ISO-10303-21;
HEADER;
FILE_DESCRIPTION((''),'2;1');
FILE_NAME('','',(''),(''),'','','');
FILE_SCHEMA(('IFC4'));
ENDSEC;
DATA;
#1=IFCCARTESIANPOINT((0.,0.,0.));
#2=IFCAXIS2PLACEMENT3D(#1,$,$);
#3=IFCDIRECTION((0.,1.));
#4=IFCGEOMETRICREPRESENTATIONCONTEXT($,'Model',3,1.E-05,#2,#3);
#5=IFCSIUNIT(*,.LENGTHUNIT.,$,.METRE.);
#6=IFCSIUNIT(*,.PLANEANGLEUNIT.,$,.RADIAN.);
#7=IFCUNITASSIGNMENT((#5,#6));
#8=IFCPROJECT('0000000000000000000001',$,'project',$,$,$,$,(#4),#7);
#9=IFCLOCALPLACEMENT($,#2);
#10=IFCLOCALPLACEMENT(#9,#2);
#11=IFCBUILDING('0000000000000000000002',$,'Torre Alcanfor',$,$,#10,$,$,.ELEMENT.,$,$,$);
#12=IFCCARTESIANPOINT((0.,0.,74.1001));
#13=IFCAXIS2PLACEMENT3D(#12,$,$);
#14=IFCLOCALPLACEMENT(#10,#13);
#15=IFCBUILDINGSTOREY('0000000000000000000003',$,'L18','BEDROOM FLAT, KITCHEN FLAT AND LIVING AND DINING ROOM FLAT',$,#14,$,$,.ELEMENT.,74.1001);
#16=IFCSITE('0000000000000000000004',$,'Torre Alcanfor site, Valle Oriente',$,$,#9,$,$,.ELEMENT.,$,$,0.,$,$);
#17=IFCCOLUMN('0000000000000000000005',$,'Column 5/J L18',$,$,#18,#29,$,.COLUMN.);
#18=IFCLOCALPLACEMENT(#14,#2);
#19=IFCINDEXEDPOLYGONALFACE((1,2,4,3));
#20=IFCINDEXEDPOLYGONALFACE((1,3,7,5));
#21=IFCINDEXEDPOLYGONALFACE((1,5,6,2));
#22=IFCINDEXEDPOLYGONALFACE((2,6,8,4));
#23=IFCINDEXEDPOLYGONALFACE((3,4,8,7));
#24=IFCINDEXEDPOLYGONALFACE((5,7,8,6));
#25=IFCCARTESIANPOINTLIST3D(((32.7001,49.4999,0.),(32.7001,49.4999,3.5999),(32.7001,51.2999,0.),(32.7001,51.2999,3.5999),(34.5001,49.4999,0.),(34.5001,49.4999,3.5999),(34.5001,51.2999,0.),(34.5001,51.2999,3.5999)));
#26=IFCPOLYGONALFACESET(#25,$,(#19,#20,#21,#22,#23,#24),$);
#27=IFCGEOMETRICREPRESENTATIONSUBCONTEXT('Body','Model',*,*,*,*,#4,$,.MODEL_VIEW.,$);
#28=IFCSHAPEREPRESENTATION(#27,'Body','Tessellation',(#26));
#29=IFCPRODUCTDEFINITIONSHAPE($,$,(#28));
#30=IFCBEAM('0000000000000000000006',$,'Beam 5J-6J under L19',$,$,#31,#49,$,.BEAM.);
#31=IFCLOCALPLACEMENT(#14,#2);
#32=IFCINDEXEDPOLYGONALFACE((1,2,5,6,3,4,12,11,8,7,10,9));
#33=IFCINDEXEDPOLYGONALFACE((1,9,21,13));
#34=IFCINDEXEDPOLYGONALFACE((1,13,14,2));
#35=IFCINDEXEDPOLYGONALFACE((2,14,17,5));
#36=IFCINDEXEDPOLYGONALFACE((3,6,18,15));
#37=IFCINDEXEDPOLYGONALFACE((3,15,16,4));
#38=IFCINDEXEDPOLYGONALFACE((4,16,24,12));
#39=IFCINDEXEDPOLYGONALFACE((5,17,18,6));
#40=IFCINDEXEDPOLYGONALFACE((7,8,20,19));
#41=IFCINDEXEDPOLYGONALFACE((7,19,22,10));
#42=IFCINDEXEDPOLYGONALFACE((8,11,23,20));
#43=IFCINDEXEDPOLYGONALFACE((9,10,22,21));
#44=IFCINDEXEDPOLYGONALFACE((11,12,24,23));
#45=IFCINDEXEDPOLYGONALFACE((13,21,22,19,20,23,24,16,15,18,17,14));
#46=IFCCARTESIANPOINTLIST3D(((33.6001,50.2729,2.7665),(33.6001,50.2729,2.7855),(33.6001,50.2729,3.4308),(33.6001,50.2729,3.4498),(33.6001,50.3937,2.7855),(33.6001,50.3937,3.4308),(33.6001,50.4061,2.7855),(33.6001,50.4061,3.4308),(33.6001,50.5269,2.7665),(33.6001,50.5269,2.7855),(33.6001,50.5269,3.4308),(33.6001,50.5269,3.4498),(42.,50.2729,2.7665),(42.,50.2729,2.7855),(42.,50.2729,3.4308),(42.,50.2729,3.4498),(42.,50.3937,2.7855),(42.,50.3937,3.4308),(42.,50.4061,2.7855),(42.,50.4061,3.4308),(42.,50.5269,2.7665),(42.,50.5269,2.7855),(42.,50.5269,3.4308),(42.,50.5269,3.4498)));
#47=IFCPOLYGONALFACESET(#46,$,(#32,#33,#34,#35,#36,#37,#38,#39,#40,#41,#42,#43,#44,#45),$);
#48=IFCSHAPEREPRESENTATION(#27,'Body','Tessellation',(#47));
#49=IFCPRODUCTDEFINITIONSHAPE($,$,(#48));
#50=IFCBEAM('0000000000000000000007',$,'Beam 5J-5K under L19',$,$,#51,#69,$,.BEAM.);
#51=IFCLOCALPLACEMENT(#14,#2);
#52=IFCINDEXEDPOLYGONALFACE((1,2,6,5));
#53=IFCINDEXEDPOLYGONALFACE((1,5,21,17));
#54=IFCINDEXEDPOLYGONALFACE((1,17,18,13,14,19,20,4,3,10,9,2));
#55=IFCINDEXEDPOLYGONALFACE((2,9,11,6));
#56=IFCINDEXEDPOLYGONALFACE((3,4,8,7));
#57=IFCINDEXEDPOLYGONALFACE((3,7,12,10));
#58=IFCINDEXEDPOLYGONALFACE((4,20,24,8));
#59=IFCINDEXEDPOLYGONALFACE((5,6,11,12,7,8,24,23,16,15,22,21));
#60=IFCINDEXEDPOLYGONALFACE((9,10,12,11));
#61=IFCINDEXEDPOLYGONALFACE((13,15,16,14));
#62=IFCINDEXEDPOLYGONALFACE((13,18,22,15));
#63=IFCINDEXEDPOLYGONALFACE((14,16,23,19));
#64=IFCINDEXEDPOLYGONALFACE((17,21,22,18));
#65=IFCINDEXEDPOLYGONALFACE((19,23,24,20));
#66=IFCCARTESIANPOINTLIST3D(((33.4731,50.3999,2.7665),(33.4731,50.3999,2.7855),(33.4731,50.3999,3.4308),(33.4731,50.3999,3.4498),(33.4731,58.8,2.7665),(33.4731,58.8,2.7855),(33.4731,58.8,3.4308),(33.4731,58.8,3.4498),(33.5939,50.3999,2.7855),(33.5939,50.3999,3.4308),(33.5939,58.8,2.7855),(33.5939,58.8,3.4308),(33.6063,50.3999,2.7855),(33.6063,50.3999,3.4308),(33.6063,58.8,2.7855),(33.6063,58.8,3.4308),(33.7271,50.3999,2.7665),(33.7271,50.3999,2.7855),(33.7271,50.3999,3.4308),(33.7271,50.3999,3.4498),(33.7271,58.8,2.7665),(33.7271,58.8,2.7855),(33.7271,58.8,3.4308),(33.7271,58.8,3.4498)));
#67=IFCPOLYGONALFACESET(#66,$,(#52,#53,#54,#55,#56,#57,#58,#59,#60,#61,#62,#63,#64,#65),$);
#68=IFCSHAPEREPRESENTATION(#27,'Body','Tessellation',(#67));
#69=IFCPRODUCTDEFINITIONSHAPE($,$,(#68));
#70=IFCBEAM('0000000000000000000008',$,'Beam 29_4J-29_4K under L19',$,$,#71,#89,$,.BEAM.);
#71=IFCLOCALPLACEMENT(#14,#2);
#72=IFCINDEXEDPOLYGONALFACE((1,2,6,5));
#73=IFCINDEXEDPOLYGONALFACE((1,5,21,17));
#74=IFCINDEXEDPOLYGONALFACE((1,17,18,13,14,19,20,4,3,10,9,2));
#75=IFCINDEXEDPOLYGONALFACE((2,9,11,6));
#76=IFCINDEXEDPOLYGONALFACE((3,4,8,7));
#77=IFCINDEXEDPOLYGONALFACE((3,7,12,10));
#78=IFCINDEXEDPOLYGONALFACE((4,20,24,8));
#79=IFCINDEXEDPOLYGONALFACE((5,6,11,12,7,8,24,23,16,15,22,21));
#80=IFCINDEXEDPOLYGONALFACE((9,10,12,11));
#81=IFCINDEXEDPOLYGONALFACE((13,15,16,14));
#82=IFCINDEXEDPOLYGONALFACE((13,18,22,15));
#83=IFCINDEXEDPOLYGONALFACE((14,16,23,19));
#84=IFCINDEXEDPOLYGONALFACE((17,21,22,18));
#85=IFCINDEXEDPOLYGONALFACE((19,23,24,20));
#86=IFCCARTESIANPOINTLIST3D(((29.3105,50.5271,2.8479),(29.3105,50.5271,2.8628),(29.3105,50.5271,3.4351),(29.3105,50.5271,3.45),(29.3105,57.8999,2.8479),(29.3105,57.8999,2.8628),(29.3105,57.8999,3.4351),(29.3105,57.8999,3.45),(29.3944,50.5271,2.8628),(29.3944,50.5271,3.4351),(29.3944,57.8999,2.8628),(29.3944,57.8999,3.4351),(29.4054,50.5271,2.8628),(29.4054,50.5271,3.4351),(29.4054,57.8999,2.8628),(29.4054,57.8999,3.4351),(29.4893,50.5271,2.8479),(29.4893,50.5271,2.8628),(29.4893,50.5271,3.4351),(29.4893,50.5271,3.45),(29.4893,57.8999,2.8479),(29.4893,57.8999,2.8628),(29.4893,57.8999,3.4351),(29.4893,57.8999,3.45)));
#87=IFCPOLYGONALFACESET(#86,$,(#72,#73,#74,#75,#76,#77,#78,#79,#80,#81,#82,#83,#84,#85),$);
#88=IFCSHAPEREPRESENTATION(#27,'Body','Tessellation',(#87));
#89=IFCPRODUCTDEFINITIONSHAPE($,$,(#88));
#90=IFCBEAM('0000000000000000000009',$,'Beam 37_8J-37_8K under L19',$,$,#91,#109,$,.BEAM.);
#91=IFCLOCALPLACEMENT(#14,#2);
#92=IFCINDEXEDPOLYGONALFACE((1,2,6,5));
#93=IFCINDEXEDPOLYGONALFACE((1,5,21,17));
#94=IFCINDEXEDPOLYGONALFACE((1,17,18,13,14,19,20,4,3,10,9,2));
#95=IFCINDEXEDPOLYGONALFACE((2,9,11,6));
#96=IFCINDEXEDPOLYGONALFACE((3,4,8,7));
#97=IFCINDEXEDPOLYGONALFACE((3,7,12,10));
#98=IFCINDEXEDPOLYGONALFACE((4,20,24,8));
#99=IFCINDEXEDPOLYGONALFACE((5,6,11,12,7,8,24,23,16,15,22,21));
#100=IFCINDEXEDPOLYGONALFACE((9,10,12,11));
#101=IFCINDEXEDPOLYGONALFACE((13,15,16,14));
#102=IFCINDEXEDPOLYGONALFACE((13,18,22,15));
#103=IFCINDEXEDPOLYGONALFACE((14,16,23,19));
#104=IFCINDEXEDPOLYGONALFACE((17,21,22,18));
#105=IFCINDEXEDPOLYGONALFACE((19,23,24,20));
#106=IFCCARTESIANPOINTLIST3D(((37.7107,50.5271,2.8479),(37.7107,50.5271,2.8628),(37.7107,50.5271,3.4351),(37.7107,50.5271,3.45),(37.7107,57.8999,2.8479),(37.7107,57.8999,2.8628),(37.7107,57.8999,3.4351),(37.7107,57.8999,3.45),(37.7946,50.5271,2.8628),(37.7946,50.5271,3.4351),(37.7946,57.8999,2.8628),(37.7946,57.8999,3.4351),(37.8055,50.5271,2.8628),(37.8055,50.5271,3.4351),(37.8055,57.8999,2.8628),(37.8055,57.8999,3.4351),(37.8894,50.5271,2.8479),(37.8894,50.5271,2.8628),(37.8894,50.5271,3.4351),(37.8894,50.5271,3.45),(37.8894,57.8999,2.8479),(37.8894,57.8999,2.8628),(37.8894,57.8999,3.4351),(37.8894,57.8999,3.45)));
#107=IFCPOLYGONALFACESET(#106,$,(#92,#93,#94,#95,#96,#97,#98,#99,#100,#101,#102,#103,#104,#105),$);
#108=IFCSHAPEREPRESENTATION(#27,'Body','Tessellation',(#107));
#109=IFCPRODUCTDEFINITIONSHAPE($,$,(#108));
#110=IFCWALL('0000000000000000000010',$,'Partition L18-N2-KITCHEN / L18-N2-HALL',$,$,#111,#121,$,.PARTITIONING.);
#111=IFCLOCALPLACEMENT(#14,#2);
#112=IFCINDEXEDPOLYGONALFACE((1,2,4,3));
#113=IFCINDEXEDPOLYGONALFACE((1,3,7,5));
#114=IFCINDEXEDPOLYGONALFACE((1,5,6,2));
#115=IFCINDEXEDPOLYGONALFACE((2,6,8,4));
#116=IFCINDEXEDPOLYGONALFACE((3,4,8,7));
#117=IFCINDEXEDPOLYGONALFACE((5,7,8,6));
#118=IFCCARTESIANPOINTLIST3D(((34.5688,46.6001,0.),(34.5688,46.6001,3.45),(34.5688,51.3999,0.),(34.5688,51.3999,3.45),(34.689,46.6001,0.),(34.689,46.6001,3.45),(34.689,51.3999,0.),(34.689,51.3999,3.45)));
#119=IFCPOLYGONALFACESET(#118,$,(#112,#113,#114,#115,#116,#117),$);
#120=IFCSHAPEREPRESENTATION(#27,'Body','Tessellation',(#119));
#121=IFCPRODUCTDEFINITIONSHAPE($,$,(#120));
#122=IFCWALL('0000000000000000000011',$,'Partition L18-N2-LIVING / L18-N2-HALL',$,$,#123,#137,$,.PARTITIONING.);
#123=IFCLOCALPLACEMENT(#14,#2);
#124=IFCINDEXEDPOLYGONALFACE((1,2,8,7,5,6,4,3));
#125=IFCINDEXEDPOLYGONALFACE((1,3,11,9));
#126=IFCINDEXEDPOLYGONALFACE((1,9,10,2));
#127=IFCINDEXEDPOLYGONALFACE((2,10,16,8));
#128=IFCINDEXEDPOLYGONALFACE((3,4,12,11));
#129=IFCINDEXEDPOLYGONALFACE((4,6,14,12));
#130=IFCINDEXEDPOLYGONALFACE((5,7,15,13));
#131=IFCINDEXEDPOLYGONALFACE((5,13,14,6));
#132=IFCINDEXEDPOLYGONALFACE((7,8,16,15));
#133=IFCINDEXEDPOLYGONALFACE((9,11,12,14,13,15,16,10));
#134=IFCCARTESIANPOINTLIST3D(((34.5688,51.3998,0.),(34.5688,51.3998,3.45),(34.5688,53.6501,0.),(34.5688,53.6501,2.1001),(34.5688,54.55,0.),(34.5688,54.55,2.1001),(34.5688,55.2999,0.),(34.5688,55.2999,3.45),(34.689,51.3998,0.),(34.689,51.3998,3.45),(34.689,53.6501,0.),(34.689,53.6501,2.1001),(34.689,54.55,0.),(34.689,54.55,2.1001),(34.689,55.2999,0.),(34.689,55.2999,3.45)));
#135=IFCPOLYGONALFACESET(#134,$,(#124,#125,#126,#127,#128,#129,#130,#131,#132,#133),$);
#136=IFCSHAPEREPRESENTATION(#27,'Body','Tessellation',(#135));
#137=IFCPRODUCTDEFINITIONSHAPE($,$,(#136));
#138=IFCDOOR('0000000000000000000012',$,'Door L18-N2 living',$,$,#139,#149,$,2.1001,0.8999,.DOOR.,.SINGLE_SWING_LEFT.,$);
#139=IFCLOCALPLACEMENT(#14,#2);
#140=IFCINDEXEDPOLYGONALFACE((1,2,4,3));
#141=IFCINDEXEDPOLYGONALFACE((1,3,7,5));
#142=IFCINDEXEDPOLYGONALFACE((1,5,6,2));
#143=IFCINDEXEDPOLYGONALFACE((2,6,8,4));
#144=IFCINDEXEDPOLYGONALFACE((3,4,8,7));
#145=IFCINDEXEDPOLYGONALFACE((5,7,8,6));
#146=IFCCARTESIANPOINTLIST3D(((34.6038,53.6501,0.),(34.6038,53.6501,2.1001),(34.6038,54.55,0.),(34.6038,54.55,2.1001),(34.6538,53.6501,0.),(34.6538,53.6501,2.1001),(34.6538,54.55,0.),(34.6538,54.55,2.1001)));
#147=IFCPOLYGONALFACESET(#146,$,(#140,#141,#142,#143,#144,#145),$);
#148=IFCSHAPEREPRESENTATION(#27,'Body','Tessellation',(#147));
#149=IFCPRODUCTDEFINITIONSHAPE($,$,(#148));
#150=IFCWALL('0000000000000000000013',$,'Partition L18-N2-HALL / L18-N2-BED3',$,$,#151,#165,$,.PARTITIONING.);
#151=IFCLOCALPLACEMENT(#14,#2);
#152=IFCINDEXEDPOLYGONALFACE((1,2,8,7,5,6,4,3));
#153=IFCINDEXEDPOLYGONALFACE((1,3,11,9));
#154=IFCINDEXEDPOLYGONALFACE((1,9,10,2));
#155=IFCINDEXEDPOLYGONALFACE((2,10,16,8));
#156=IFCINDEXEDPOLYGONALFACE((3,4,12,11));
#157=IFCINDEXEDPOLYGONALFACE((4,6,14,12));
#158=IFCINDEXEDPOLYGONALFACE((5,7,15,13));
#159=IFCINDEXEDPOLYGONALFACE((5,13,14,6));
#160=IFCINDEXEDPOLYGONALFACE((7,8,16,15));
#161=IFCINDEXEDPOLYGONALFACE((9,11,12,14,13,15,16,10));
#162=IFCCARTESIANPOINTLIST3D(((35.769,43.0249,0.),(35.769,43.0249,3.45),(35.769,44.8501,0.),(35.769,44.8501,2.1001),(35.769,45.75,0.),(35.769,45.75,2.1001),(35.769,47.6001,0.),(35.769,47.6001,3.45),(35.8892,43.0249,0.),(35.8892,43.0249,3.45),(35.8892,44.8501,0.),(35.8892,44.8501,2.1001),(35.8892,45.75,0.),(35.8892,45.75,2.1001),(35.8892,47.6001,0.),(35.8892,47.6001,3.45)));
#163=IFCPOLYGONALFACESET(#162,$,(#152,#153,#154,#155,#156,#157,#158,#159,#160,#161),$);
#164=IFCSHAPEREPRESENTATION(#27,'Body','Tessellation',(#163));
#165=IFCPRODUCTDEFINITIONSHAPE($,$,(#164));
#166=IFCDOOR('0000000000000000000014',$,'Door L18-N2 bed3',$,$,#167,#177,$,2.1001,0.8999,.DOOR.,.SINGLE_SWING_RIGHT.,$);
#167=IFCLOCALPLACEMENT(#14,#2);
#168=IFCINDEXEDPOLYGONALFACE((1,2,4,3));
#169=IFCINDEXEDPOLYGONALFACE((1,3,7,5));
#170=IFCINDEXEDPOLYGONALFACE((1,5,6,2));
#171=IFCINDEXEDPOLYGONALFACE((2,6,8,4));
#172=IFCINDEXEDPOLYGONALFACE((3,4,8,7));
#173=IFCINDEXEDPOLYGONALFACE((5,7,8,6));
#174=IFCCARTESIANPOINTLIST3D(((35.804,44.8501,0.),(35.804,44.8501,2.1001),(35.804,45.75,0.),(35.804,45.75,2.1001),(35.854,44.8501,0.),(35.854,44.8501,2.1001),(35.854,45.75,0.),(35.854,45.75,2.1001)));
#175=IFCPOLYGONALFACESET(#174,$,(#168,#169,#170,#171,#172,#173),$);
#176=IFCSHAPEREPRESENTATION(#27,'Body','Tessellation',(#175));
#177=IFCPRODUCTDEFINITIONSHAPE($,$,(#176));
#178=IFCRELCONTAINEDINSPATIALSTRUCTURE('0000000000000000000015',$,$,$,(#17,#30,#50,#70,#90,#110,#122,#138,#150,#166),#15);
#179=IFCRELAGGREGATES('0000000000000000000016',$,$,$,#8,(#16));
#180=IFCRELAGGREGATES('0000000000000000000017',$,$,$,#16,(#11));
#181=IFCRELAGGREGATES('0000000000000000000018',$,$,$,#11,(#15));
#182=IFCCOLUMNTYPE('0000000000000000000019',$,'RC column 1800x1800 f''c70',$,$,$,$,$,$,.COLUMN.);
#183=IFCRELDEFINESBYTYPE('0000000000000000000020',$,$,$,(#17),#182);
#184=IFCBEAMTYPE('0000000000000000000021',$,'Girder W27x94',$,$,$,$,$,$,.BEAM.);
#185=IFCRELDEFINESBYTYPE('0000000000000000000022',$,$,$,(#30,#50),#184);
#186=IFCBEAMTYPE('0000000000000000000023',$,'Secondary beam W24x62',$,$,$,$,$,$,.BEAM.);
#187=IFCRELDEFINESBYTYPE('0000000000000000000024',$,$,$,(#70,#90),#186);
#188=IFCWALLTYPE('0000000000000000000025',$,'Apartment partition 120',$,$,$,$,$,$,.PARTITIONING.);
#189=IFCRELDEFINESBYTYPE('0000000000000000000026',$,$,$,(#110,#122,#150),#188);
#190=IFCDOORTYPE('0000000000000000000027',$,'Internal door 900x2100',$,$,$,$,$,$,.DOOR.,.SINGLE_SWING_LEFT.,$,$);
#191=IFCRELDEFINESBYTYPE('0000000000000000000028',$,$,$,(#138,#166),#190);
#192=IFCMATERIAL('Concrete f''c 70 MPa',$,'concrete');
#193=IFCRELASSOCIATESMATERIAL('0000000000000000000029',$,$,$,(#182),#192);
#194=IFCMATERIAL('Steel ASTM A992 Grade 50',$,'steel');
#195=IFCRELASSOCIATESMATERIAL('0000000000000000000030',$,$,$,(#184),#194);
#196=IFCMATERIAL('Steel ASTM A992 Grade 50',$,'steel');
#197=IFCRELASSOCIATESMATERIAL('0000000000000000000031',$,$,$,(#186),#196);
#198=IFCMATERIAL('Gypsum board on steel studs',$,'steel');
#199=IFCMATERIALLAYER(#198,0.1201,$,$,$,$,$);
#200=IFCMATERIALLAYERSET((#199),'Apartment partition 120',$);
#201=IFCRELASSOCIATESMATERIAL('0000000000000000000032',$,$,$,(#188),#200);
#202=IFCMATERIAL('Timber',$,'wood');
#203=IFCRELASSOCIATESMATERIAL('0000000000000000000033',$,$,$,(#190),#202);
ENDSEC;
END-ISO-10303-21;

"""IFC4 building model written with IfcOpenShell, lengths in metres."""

from ifc_helpers import new_model, si_unit, direction, frame, frame_2d, origin, origin_2d, place, context, subcontext, project, spatial, rectangle, i_section, extrude, material, layer, layer_set, material_profile, profile_set, type_object, element, fill, save


model = new_model("IFC4")

# Units and contexts
model_context = context("Model", 3, precision=1e-05, world=origin(), true_north=direction((0.0, 1.0)))
body_context = subcontext(model_context, "Body", "Model", "MODEL_VIEW")
ifc_project = project(units=[si_unit("LENGTHUNIT", "METRE"), si_unit("PLANEANGLEUNIT", "RADIAN")], contexts=[model_context])

# Site, building, storey
site_placement = place(None, origin())
site = spatial("IfcSite", under=ifc_project, at=site_placement, Name="Torre Alcanfor site, Valle Oriente", CompositionType="ELEMENT", RefElevation=0.0)
building_placement = place(site_placement, origin())
building = spatial("IfcBuilding", under=site, at=building_placement, Name="Torre Alcanfor", CompositionType="ELEMENT")
storey_placement = place(building_placement, frame((0.0, 0.0, 74.1001)))
storey = spatial("IfcBuildingStorey", under=building, at=storey_placement, Name="L18", Description="BEDROOM FLAT, KITCHEN FLAT AND LIVING AND DINING ROOM FLAT", CompositionType="ELEMENT", Elevation=74.1001)

# Column
ifc_material_1 = material(Name="Concrete f'c 70 MPa", Category="concrete")
ifc_material_profile_1 = material_profile(ifc_material_1, rectangle(XDim=1.8, YDim=1.8, at=origin_2d()), Name="1800x1800")
ifc_profile_set_1 = profile_set([ifc_material_profile_1], Name="Concrete f'c 70 MPa")
column_type = type_object("IfcColumnType", Name="RC column 1800x1800 f'c70", PredefinedType="COLUMN", material=ifc_profile_set_1)
column_placement = place(storey_placement, frame((33.6001, 50.3999, 0.0), z_axis=(0.0, 0.0, 1.0), x_axis=(1.0, 0.0, 0.0)))
element("IfcColumn", 1, at=column_placement, inside=storey, type_object=column_type, Name="Column 5/J L18", PredefinedType="COLUMN", context=body_context, shape_type="SweptSolid", body=[
    extrude(rectangle(XDim=1.8, YDim=1.8, at=origin_2d()), origin(), (0.0, 0.0, 1.0), 3.5999),
])

# Beams
ifc_material_2 = material(Name="Steel ASTM A992 Grade 50", Category="steel")
ifc_material_profile_2 = material_profile(ifc_material_2, i_section(OverallWidth=0.2539, OverallDepth=0.6833, WebThickness=0.0125, FlangeThickness=0.019, at=origin_2d()), Name="W27x94")
ifc_profile_set_2 = profile_set([ifc_material_profile_2], Name="Steel ASTM A992 Grade 50")
beam_type_1 = type_object("IfcBeamType", Name="Girder W27x94", PredefinedType="BEAM", material=ifc_profile_set_2)
beam_1_placement = place(storey_placement, frame((33.6001, 50.3999, 3.1082), z_axis=(1.0, 0.0, 0.0), x_axis=(0.0, 1.0, 0.0)))
element("IfcBeam", 2, at=beam_1_placement, inside=storey, type_object=beam_type_1, Name="Beam 5J-6J under L19", PredefinedType="BEAM", context=body_context, shape_type="SweptSolid", body=[
    extrude(i_section(OverallWidth=0.2539, OverallDepth=0.6833, WebThickness=0.0125, FlangeThickness=0.019, at=origin_2d()), origin(), (0.0, 0.0, 1.0), 8.3999),
])
beam_2_placement = place(storey_placement, frame((33.6001, 50.3999, 3.1082), z_axis=(0.0, 1.0, 0.0), x_axis=(-1.0, 0.0, 0.0)))
element("IfcBeam", 3, at=beam_2_placement, inside=storey, type_object=beam_type_1, Name="Beam 5J-5K under L19", PredefinedType="BEAM", context=body_context, shape_type="SweptSolid", body=[
    extrude(i_section(OverallWidth=0.2539, OverallDepth=0.6833, WebThickness=0.0125, FlangeThickness=0.019, at=origin_2d()), origin(), (0.0, 0.0, 1.0), 8.4001),
])
ifc_material_3 = material(Name="Steel ASTM A992 Grade 50", Category="steel")
ifc_material_profile_3 = material_profile(ifc_material_3, i_section(OverallWidth=0.1787, OverallDepth=0.6021, WebThickness=0.011, FlangeThickness=0.0149, at=origin_2d()), Name="W24x62")
ifc_profile_set_3 = profile_set([ifc_material_profile_3], Name="Steel ASTM A992 Grade 50")
beam_type_2 = type_object("IfcBeamType", Name="Secondary beam W24x62", PredefinedType="BEAM", material=ifc_profile_set_3)
for number, where, z_axis, x_axis, name in (
    (4, (29.3999, 50.5271, 3.1489), (0.0, 1.0, 0.0), (-1.0, 0.0, 0.0), "Beam 29_4J-29_4K under L19"),
    (5, (37.8, 50.5271, 3.1489), (0.0, 1.0, 0.0), (-1.0, 0.0, 0.0), "Beam 37_8J-37_8K under L19"),
):
    element("IfcBeam", number, at=place(storey_placement, frame(where, z_axis=z_axis, x_axis=x_axis)), inside=storey, type_object=beam_type_2, Name=name, PredefinedType="BEAM", context=body_context, shape_type="SweptSolid", body=[
        extrude(i_section(OverallWidth=0.1787, OverallDepth=0.6021, WebThickness=0.011, FlangeThickness=0.0149, at=origin_2d()), origin(), (0.0, 0.0, 1.0), 7.3728),
    ])

# Wall
ifc_material_4 = material(Name="Gypsum board on steel studs", Category="steel")
ifc_layer_1 = layer(ifc_material_4, 0.1201)
ifc_layer_set_1 = layer_set([ifc_layer_1], Name="Apartment partition 120")
wall_type_1 = type_object("IfcWallType", Name="Apartment partition 120", PredefinedType="PARTITIONING", material=ifc_layer_set_1)
wall_1_placement = place(storey_placement, frame((34.6289, 51.3999, 0.0), z_axis=(0.0, 0.0, 1.0), x_axis=(0.0, -1.0, 0.0)))
element("IfcWall", 6, at=wall_1_placement, inside=storey, type_object=wall_type_1, Name="Partition L18-N2-KITCHEN / L18-N2-HALL", PredefinedType="PARTITIONING", context=body_context, shape_type="SweptSolid", body=[
    extrude(rectangle(XDim=4.7998, YDim=0.1201, at=frame_2d((2.3999, 0.0))), origin(), (0.0, 0.0, 1.0), 3.45),
])

# Walls, openings, doors
wall_2_placement = place(storey_placement, frame((34.6289, 55.3, 0.0), z_axis=(0.0, 0.0, 1.0), x_axis=(0.0, -1.0, 0.0)))
wall_2 = element("IfcWall", 7, at=wall_2_placement, inside=storey, type_object=wall_type_1, Name="Partition L18-N2-LIVING / L18-N2-HALL", PredefinedType="PARTITIONING", context=body_context, shape_type="SweptSolid", body=[
    extrude(rectangle(XDim=3.9001, YDim=0.1201, at=frame_2d((1.9502, 0.0))), origin(), (0.0, 0.0, 1.0), 3.45),
])
opening_1_placement = place(wall_2_placement, frame((0.75, 0.0, 0.0)))
opening_1 = element("IfcOpeningElement", 8, at=opening_1_placement, cuts=wall_2, PredefinedType="OPENING", context=body_context, shape_type="SweptSolid", body=[
    extrude(rectangle(XDim=0.8999, YDim=2.1001, at=frame_2d((0.45, 1.05))), frame((0.0, 0.0701, 0.0), z_axis=(0.0, -1.0, 0.0), x_axis=(1.0, 0.0, 0.0)), (0.0, 0.0, 1.0), 0.1401),
])
ifc_material_5 = material(Name="Timber", Category="wood")
door_type_1 = type_object("IfcDoorType", Name="Internal door 900x2100", OperationType="SINGLE_SWING_LEFT", PredefinedType="DOOR", material=ifc_material_5)
door_1_placement = place(opening_1_placement, frame((0.8999, 0.0, 0.0), z_axis=(0.0, 0.0, 1.0), x_axis=(-1.0, 0.0, 0.0)))
door_1 = element("IfcDoor", 9, at=door_1_placement, inside=storey, type_object=door_type_1, Name="Door L18-N2 living", OperationType="SINGLE_SWING_LEFT", OverallHeight=2.1001, OverallWidth=0.8999, PredefinedType="DOOR", context=body_context, shape_type="SweptSolid", body=[
    extrude(rectangle(XDim=0.8999, YDim=2.1001, at=frame_2d((0.45, 1.05))), frame((0.0, 0.0251, 0.0), z_axis=(0.0, -1.0, 0.0), x_axis=(1.0, 0.0, 0.0)), (0.0, 0.0, 1.0), 0.05),
])
fill(opening_1, door_1)
wall_3_placement = place(storey_placement, frame((35.8291, 47.6001, 0.0), z_axis=(0.0, 0.0, 1.0), x_axis=(0.0, -1.0, 0.0)))
wall_3 = element("IfcWall", 10, at=wall_3_placement, inside=storey, type_object=wall_type_1, Name="Partition L18-N2-HALL / L18-N2-BED3", PredefinedType="PARTITIONING", context=body_context, shape_type="SweptSolid", body=[
    extrude(rectangle(XDim=4.5752, YDim=0.1201, at=frame_2d((2.2876, 0.0))), origin(), (0.0, 0.0, 1.0), 3.45),
])
opening_2_placement = place(wall_3_placement, frame((1.8501, 0.0, 0.0)))
opening_2 = element("IfcOpeningElement", 11, at=opening_2_placement, cuts=wall_3, PredefinedType="OPENING", context=body_context, shape_type="SweptSolid", body=[
    extrude(rectangle(XDim=0.8999, YDim=2.1001, at=frame_2d((0.45, 1.05))), frame((0.0, 0.0701, 0.0), z_axis=(0.0, -1.0, 0.0), x_axis=(1.0, 0.0, 0.0)), (0.0, 0.0, 1.0), 0.1401),
])
door_2_placement = place(opening_2_placement, origin())
door_2 = element("IfcDoor", 12, at=door_2_placement, inside=storey, type_object=door_type_1, Name="Door L18-N2 bed3", OperationType="SINGLE_SWING_RIGHT", OverallHeight=2.1001, OverallWidth=0.8999, PredefinedType="DOOR", context=body_context, shape_type="SweptSolid", body=[
    extrude(rectangle(XDim=0.8999, YDim=2.1001, at=frame_2d((0.45, 1.05))), frame((0.0, 0.0249, 0.0), z_axis=(0.0, -1.0, 0.0), x_axis=(1.0, 0.0, 0.0)), (0.0, 0.0, 1.0), 0.05),
])
fill(opening_2, door_2)

save(model, "model.ifc")
